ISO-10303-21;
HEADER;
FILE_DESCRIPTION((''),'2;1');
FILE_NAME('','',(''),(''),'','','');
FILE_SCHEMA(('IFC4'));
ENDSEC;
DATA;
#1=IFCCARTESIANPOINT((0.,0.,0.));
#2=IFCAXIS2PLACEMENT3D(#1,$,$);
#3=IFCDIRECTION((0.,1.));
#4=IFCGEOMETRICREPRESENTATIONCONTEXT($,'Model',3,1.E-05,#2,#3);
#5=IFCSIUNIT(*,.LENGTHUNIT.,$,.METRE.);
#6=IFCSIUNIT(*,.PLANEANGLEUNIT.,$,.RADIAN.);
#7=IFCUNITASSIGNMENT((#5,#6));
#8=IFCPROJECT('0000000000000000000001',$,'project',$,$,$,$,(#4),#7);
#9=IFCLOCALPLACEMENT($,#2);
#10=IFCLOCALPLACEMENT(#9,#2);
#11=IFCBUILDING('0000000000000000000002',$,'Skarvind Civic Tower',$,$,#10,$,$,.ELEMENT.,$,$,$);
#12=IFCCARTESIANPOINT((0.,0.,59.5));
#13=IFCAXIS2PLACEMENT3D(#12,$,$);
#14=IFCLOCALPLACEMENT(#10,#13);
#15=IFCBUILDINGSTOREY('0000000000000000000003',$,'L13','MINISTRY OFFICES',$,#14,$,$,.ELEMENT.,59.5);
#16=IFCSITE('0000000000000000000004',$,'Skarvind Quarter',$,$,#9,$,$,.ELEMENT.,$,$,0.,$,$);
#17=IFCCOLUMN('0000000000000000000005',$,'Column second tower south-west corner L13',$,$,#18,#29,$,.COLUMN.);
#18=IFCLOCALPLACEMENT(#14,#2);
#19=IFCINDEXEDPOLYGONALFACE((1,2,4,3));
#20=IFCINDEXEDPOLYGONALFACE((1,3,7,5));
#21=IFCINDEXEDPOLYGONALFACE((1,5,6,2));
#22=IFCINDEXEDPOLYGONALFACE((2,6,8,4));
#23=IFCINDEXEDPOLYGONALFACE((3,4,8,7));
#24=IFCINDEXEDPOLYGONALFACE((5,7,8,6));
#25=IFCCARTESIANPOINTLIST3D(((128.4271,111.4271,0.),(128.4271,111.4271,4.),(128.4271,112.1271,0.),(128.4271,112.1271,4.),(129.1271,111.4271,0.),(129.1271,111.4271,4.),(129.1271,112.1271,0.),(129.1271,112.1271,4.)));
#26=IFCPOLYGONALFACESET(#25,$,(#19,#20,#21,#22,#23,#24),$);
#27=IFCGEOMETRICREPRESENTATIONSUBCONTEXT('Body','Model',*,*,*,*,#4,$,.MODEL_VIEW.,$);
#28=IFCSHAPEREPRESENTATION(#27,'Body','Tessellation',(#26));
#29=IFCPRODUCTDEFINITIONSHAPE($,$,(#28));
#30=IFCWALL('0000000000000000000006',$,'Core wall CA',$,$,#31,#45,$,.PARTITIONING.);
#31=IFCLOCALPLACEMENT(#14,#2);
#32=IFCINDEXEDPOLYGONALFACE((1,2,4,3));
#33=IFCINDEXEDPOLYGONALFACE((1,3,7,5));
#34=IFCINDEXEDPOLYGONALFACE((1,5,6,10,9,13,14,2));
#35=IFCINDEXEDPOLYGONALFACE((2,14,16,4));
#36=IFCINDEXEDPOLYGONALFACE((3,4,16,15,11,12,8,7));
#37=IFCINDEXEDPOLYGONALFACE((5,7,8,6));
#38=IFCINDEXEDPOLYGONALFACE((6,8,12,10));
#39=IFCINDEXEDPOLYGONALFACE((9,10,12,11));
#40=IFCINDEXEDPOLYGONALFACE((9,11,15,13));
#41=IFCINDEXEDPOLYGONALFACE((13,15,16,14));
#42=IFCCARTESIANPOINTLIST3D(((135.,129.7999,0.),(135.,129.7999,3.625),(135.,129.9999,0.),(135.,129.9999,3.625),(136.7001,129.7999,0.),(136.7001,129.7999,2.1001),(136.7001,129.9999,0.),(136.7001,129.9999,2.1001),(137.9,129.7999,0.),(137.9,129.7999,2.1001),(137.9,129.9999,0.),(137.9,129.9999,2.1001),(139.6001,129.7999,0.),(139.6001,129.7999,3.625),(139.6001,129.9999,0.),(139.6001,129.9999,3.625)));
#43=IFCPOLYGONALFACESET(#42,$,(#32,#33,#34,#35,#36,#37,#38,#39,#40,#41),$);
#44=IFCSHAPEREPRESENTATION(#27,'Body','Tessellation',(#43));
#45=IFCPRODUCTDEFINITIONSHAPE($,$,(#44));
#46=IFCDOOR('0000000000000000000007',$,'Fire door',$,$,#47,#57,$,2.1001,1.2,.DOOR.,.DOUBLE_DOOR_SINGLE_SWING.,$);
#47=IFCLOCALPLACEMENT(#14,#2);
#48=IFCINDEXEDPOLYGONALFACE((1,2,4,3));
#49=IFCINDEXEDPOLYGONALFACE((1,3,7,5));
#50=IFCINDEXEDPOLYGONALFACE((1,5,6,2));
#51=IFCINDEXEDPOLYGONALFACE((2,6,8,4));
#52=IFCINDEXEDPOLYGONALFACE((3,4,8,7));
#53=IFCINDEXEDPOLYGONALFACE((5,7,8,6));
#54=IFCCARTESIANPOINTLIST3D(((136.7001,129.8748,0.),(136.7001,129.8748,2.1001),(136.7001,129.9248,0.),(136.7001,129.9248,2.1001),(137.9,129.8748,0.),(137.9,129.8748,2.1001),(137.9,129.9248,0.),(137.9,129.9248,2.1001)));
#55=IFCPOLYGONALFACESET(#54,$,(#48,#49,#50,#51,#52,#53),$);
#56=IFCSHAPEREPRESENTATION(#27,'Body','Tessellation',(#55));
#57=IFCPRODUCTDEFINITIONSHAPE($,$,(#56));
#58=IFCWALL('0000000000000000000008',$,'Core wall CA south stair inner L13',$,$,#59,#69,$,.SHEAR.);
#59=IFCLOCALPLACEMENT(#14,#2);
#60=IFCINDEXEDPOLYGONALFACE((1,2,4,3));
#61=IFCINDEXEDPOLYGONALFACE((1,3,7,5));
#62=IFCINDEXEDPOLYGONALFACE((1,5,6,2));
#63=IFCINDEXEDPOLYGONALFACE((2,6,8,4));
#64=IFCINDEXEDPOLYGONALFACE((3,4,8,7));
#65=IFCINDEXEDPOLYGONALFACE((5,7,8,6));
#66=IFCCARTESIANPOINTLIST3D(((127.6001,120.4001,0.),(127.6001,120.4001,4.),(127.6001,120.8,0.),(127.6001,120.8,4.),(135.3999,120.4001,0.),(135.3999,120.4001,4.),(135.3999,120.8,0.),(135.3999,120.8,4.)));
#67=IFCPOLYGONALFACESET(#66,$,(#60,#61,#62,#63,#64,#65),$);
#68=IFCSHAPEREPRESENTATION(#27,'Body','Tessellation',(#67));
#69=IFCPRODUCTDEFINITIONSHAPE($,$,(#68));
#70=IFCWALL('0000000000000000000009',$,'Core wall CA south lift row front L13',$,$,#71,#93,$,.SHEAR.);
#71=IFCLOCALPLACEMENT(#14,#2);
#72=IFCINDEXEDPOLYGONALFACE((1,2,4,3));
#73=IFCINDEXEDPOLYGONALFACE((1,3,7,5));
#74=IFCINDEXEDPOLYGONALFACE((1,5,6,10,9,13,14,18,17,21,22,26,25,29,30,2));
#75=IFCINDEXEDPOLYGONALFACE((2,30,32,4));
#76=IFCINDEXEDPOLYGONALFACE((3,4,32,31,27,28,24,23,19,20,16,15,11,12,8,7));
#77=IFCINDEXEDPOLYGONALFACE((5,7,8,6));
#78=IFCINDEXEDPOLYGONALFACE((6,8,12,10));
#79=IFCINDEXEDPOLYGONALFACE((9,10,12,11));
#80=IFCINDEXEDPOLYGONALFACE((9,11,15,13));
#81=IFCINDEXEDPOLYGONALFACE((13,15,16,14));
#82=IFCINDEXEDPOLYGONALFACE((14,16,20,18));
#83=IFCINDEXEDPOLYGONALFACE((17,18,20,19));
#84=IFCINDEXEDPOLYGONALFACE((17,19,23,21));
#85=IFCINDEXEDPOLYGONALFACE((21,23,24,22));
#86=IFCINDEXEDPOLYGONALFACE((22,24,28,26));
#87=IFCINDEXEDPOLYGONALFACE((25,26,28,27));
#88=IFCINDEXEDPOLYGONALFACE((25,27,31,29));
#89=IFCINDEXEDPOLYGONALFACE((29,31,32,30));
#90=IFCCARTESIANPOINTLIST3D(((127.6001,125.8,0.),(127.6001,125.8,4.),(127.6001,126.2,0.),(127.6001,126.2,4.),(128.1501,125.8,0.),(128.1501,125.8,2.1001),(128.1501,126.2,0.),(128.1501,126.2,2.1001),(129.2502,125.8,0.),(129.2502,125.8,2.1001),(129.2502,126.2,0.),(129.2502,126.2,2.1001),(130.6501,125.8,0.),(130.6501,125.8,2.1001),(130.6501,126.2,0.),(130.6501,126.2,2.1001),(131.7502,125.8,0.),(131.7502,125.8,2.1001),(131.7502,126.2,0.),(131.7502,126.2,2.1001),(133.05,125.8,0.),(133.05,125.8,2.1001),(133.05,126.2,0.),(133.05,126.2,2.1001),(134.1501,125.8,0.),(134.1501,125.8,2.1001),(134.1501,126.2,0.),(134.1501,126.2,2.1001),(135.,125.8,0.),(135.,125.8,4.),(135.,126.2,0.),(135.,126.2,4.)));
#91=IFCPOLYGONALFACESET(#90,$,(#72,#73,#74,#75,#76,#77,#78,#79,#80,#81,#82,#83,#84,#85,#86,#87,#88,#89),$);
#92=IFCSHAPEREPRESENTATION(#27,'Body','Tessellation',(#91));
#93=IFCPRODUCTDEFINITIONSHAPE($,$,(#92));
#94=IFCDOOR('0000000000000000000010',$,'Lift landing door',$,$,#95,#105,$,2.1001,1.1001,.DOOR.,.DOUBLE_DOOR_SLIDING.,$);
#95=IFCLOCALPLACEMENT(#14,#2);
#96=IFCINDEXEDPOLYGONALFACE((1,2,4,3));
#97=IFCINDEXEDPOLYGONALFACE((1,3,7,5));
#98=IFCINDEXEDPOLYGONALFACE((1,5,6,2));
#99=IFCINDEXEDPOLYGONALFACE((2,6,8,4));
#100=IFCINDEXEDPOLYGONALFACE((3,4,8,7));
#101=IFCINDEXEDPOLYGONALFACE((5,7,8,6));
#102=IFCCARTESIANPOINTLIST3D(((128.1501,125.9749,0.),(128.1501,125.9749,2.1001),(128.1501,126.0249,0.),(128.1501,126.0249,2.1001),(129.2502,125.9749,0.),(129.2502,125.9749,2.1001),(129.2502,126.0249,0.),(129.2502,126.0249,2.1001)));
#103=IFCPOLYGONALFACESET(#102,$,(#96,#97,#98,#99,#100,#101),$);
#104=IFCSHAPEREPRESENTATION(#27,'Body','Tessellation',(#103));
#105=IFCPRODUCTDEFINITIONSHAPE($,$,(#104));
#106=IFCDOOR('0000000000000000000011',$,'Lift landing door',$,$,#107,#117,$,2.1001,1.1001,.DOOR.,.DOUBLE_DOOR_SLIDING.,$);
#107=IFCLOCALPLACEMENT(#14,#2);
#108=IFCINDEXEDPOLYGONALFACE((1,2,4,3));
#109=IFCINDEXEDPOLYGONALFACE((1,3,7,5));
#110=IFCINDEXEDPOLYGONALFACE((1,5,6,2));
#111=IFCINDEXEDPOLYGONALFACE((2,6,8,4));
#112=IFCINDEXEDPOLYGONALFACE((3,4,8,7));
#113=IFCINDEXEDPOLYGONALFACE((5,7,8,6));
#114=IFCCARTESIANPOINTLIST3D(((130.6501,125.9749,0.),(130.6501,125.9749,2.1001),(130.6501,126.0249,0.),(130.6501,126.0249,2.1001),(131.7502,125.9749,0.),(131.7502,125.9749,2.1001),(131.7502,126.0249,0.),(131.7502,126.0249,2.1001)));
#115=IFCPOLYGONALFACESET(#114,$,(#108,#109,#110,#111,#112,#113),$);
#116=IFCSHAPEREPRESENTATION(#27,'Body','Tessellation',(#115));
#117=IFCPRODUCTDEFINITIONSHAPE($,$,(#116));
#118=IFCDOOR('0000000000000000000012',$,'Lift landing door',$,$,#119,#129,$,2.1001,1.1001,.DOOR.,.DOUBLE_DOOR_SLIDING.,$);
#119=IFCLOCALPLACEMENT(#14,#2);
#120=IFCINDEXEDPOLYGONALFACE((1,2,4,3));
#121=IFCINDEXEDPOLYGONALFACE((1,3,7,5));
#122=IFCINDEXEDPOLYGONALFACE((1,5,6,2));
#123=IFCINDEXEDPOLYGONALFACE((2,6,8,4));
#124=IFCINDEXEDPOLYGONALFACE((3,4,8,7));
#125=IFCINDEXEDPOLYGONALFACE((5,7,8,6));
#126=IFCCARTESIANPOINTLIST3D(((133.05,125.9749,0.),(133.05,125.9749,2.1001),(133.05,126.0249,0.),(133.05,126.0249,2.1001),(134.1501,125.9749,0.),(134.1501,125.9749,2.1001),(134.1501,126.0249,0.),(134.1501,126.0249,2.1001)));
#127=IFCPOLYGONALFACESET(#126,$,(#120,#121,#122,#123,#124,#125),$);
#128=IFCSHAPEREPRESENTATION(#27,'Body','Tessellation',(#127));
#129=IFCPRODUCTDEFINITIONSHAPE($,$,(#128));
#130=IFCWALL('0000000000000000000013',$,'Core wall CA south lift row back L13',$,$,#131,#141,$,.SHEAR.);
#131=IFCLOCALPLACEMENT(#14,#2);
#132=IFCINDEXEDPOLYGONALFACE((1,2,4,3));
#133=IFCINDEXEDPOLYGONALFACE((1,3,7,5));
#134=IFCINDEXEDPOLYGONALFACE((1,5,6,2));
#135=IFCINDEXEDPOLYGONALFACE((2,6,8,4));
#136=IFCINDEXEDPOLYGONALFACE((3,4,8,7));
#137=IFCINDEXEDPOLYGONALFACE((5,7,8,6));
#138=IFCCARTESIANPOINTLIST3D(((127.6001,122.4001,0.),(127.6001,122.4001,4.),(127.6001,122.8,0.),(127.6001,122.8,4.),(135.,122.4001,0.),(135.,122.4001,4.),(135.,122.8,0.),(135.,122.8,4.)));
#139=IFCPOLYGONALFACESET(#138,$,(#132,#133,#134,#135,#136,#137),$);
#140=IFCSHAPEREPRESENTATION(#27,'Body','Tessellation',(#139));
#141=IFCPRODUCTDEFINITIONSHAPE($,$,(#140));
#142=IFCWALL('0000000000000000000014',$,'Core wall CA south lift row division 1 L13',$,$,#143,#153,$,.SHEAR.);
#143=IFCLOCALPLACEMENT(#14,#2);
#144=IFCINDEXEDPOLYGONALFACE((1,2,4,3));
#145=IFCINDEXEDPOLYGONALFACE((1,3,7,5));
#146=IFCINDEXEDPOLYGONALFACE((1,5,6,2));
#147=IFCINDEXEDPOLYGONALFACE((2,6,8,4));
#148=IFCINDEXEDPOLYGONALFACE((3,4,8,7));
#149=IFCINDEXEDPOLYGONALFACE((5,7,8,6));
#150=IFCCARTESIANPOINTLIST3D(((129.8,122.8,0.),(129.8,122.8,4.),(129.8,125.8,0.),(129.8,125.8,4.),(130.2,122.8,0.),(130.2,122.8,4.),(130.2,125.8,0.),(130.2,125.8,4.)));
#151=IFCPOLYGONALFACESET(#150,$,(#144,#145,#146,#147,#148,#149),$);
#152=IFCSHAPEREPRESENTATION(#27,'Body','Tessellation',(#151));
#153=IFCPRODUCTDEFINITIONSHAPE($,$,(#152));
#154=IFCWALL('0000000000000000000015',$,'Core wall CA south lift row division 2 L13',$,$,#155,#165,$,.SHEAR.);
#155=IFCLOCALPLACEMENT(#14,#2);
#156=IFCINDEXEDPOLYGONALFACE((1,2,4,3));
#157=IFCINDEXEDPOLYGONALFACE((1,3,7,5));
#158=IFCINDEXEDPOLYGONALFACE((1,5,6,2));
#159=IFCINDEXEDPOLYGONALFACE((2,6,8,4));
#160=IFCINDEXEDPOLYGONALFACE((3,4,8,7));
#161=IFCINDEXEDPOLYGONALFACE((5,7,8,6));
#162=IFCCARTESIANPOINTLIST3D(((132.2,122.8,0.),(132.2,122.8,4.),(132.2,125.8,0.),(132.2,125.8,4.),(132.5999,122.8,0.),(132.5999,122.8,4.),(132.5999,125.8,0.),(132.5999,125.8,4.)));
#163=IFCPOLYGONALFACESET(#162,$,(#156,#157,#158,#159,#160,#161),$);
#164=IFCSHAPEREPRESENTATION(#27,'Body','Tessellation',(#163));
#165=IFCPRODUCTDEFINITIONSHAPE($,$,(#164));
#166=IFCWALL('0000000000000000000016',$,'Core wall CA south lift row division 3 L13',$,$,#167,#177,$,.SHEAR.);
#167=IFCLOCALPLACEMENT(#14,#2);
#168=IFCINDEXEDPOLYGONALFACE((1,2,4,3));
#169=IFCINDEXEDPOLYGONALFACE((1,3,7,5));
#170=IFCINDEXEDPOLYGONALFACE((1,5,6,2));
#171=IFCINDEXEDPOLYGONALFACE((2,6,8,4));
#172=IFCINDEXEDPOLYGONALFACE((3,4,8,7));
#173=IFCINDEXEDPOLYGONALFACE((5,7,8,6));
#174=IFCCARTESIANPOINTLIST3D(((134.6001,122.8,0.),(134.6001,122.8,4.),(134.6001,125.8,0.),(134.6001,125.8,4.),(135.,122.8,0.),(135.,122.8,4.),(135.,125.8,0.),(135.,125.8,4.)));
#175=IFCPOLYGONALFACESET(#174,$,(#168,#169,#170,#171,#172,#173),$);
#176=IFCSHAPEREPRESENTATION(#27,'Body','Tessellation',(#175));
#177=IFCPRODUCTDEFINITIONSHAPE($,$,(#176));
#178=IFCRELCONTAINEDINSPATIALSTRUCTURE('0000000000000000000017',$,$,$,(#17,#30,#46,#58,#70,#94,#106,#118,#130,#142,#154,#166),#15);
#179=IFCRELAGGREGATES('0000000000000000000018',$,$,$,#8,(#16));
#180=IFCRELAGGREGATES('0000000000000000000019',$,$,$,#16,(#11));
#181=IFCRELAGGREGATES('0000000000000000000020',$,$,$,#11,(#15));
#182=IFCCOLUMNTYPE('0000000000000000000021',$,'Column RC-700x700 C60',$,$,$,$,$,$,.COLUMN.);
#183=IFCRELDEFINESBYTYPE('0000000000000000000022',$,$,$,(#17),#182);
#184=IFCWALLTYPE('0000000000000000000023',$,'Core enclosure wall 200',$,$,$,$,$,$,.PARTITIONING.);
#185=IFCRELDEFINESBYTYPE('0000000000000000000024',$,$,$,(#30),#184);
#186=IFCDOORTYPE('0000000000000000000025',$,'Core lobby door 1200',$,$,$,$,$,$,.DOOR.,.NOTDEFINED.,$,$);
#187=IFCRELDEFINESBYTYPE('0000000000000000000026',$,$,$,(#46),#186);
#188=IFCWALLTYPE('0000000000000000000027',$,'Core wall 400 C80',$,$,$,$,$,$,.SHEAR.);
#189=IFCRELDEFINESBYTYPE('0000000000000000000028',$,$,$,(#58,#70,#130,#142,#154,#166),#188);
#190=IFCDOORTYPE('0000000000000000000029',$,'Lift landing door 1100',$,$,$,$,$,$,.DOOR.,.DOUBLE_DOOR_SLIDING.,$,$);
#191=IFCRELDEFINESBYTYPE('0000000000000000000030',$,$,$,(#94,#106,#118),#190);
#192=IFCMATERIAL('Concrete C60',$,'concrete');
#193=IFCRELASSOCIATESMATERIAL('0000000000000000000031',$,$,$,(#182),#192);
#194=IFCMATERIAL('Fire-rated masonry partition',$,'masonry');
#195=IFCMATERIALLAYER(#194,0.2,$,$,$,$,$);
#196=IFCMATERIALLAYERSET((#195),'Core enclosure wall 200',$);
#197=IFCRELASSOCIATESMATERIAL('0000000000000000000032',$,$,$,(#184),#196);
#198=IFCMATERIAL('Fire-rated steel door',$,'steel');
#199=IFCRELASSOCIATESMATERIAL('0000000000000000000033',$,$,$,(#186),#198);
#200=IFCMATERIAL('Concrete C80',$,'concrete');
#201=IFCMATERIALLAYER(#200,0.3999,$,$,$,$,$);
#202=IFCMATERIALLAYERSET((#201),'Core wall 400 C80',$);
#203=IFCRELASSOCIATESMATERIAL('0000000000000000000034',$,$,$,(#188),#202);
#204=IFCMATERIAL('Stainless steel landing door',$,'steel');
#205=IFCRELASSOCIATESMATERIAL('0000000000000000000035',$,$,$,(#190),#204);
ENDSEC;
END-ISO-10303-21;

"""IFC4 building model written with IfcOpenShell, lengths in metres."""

from ifc_helpers import new_model, si_unit, direction, frame, frame_2d, origin, origin_2d, place, context, subcontext, project, spatial, rectangle, extrude, material, layer, layer_set, material_profile, profile_set, type_object, element, fill, save


model = new_model("IFC4")

# Units and contexts
model_context = context("Model", 3, precision=1e-05, world=origin(), true_north=direction((0.0, 1.0)))
body_context = subcontext(model_context, "Body", "Model", "MODEL_VIEW")
ifc_project = project(units=[si_unit("LENGTHUNIT", "METRE"), si_unit("PLANEANGLEUNIT", "RADIAN")], contexts=[model_context])

# Site, building, storey
site_placement = place(None, origin())
site = spatial("IfcSite", under=ifc_project, at=site_placement, Name="Skarvind Quarter", CompositionType="ELEMENT", RefElevation=0.0)
building_placement = place(site_placement, origin())
building = spatial("IfcBuilding", under=site, at=building_placement, Name="Skarvind Civic Tower", CompositionType="ELEMENT")
storey_placement = place(building_placement, frame((0.0, 0.0, 59.5)))
storey = spatial("IfcBuildingStorey", under=building, at=storey_placement, Name="L13", Description="MINISTRY OFFICES", CompositionType="ELEMENT", Elevation=59.5)

# Column
ifc_material_1 = material(Name="Concrete C60", Category="concrete")
ifc_material_profile = material_profile(ifc_material_1, rectangle(XDim=0.7, YDim=0.7, at=origin_2d()), Name="RC-700x700")
ifc_profile_set = profile_set([ifc_material_profile], Name="Concrete C60")
column_type = type_object("IfcColumnType", Name="Column RC-700x700 C60", PredefinedType="COLUMN", material=ifc_profile_set)
column_placement = place(storey_placement, frame((128.7771, 111.7771, 0.0), z_axis=(0.0, 0.0, 1.0), x_axis=(1.0, 0.0, 0.0)))
element("IfcColumn", 1, at=column_placement, inside=storey, type_object=column_type, Name="Column second tower south-west corner L13", PredefinedType="COLUMN", context=body_context, shape_type="SweptSolid", body=[
    extrude(rectangle(XDim=0.7, YDim=0.7, at=origin_2d()), origin(), (0.0, 0.0, 1.0), 4.0),
])

# Wall, opening, door
ifc_material_2 = material(Name="Fire-rated masonry partition", Category="masonry")
ifc_layer_1 = layer(ifc_material_2, 0.2)
ifc_layer_set_1 = layer_set([ifc_layer_1], Name="Core enclosure wall 200")
wall_type_1 = type_object("IfcWallType", Name="Core enclosure wall 200", PredefinedType="PARTITIONING", material=ifc_layer_set_1)
wall_1_placement = place(storey_placement, frame((135.0, 129.8999, 0.0), z_axis=(0.0, 0.0, 1.0), x_axis=(1.0, 0.0, 0.0)))
wall_1 = element("IfcWall", 2, at=wall_1_placement, inside=storey, type_object=wall_type_1, Name="Core wall CA", PredefinedType="PARTITIONING", context=body_context, shape_type="SweptSolid", body=[
    extrude(rectangle(XDim=4.6001, YDim=0.2, at=frame_2d((2.3, 0.0))), origin(), (0.0, 0.0, 1.0), 3.625),
])
opening_1_placement = place(wall_1_placement, frame((1.7, 0.0, 0.0)))
opening_1 = element("IfcOpeningElement", 3, at=opening_1_placement, cuts=wall_1, PredefinedType="OPENING", context=body_context, shape_type="SweptSolid", body=[
    extrude(rectangle(XDim=1.2, YDim=2.1001, at=frame_2d((0.6001, 1.05))), frame((0.0, 0.1099, 0.0), z_axis=(0.0, -1.0, 0.0), x_axis=(1.0, 0.0, 0.0)), (0.0, 0.0, 1.0), 0.22),
])
ifc_material_3 = material(Name="Fire-rated steel door", Category="steel")
door_type_1 = type_object("IfcDoorType", Name="Core lobby door 1200", OperationType="NOTDEFINED", PredefinedType="DOOR", material=ifc_material_3)
door_1_placement = place(opening_1_placement, origin())
door_1 = element("IfcDoor", 4, at=door_1_placement, inside=storey, type_object=door_type_1, Name="Fire door", OperationType="DOUBLE_DOOR_SINGLE_SWING", OverallHeight=2.1001, OverallWidth=1.2, PredefinedType="DOOR", context=body_context, shape_type="SweptSolid", body=[
    extrude(rectangle(XDim=1.2, YDim=2.1001, at=frame_2d((0.6001, 1.05))), frame((0.0, 0.0249, 0.0), z_axis=(0.0, -1.0, 0.0), x_axis=(1.0, 0.0, 0.0)), (0.0, 0.0, 1.0), 0.05),
])
fill(opening_1, door_1)

# Wall
ifc_material_4 = material(Name="Concrete C80", Category="concrete")
ifc_layer_2 = layer(ifc_material_4, 0.3999)
ifc_layer_set_2 = layer_set([ifc_layer_2], Name="Core wall 400 C80")
wall_type_2 = type_object("IfcWallType", Name="Core wall 400 C80", PredefinedType="SHEAR", material=ifc_layer_set_2)
wall_2_placement = place(storey_placement, frame((127.6001, 120.6001, 0.0), z_axis=(0.0, 0.0, 1.0), x_axis=(1.0, 0.0, 0.0)))
element("IfcWall", 5, at=wall_2_placement, inside=storey, type_object=wall_type_2, Name="Core wall CA south stair inner L13", PredefinedType="SHEAR", context=body_context, shape_type="SweptSolid", body=[
    extrude(rectangle(XDim=7.7998, YDim=0.3999, at=frame_2d((3.8999, 0.0))), origin(), (0.0, 0.0, 1.0), 4.0),
])

# Wall, openings, doors
wall_3_placement = place(storey_placement, frame((127.6001, 126.0, 0.0), z_axis=(0.0, 0.0, 1.0), x_axis=(1.0, 0.0, 0.0)))
wall_3 = element("IfcWall", 6, at=wall_3_placement, inside=storey, type_object=wall_type_2, Name="Core wall CA south lift row front L13", PredefinedType="SHEAR", context=body_context, shape_type="SweptSolid", body=[
    extrude(rectangle(XDim=7.3999, YDim=0.3999, at=frame_2d((3.7, 0.0))), origin(), (0.0, 0.0, 1.0), 4.0),
])
opening_2_placement = place(wall_3_placement, frame((0.55, 0.0, 0.0)))
opening_2 = element("IfcOpeningElement", 7, at=opening_2_placement, cuts=wall_3, PredefinedType="OPENING", context=body_context, shape_type="SweptSolid", body=[
    extrude(rectangle(XDim=1.1001, YDim=2.1001, at=frame_2d((0.55, 1.05))), frame((0.0, 0.21, 0.0), z_axis=(0.0, -1.0, 0.0), x_axis=(1.0, 0.0, 0.0)), (0.0, 0.0, 1.0), 0.4199),
])
opening_3_placement = place(wall_3_placement, frame((3.05, 0.0, 0.0)))
opening_3 = element("IfcOpeningElement", 8, at=opening_3_placement, cuts=wall_3, PredefinedType="OPENING", context=body_context, shape_type="SweptSolid", body=[
    extrude(rectangle(XDim=1.1001, YDim=2.1001, at=frame_2d((0.55, 1.05))), frame((0.0, 0.21, 0.0), z_axis=(0.0, -1.0, 0.0), x_axis=(1.0, 0.0, 0.0)), (0.0, 0.0, 1.0), 0.4199),
])
opening_4_placement = place(wall_3_placement, frame((5.45, 0.0, 0.0)))
opening_4 = element("IfcOpeningElement", 9, at=opening_4_placement, cuts=wall_3, PredefinedType="OPENING", context=body_context, shape_type="SweptSolid", body=[
    extrude(rectangle(XDim=1.1001, YDim=2.1001, at=frame_2d((0.55, 1.05))), frame((0.0, 0.21, 0.0), z_axis=(0.0, -1.0, 0.0), x_axis=(1.0, 0.0, 0.0)), (0.0, 0.0, 1.0), 0.4199),
])
ifc_material_5 = material(Name="Stainless steel landing door", Category="steel")
door_type_2 = type_object("IfcDoorType", Name="Lift landing door 1100", OperationType="DOUBLE_DOOR_SLIDING", PredefinedType="DOOR", material=ifc_material_5)
door_2_placement = place(opening_2_placement, origin())
door_2 = element("IfcDoor", 10, at=door_2_placement, inside=storey, type_object=door_type_2, Name="Lift landing door", OperationType="DOUBLE_DOOR_SLIDING", OverallHeight=2.1001, OverallWidth=1.1001, PredefinedType="DOOR", context=body_context, shape_type="SweptSolid", body=[
    extrude(rectangle(XDim=1.1001, YDim=2.1001, at=frame_2d((0.55, 1.05))), frame((0.0, 0.0249, 0.0), z_axis=(0.0, -1.0, 0.0), x_axis=(1.0, 0.0, 0.0)), (0.0, 0.0, 1.0), 0.05),
])
fill(opening_2, door_2)
door_3_placement = place(opening_3_placement, origin())
door_3 = element("IfcDoor", 11, at=door_3_placement, inside=storey, type_object=door_type_2, Name="Lift landing door", OperationType="DOUBLE_DOOR_SLIDING", OverallHeight=2.1001, OverallWidth=1.1001, PredefinedType="DOOR", context=body_context, shape_type="SweptSolid", body=[
    extrude(rectangle(XDim=1.1001, YDim=2.1001, at=frame_2d((0.55, 1.05))), frame((0.0, 0.0249, 0.0), z_axis=(0.0, -1.0, 0.0), x_axis=(1.0, 0.0, 0.0)), (0.0, 0.0, 1.0), 0.05),
])
fill(opening_3, door_3)
door_4_placement = place(opening_4_placement, origin())
door_4 = element("IfcDoor", 12, at=door_4_placement, inside=storey, type_object=door_type_2, Name="Lift landing door", OperationType="DOUBLE_DOOR_SLIDING", OverallHeight=2.1001, OverallWidth=1.1001, PredefinedType="DOOR", context=body_context, shape_type="SweptSolid", body=[
    extrude(rectangle(XDim=1.1001, YDim=2.1001, at=frame_2d((0.55, 1.05))), frame((0.0, 0.0249, 0.0), z_axis=(0.0, -1.0, 0.0), x_axis=(1.0, 0.0, 0.0)), (0.0, 0.0, 1.0), 0.05),
])
fill(opening_4, door_4)

# Walls
wall_4_placement = place(storey_placement, frame((127.6001, 122.6001, 0.0), z_axis=(0.0, 0.0, 1.0), x_axis=(1.0, 0.0, 0.0)))
element("IfcWall", 13, at=wall_4_placement, inside=storey, type_object=wall_type_2, Name="Core wall CA south lift row back L13", PredefinedType="SHEAR", context=body_context, shape_type="SweptSolid", body=[
    extrude(rectangle(XDim=7.3999, YDim=0.3999, at=frame_2d((3.7, 0.0))), origin(), (0.0, 0.0, 1.0), 4.0),
])
for number, where, z_axis, x_axis, name in (
    (14, (130.0, 122.8, 0.0), (0.0, 0.0, 1.0), (0.0, 1.0, 0.0), "Core wall CA south lift row division 1 L13"),
    (15, (132.3999, 122.8, 0.0), (0.0, 0.0, 1.0), (0.0, 1.0, 0.0), "Core wall CA south lift row division 2 L13"),
    (16, (134.8, 122.8, 0.0), (0.0, 0.0, 1.0), (0.0, 1.0, 0.0), "Core wall CA south lift row division 3 L13"),
):
    element("IfcWall", number, at=place(storey_placement, frame(where, z_axis=z_axis, x_axis=x_axis)), inside=storey, type_object=wall_type_2, Name=name, PredefinedType="SHEAR", context=body_context, shape_type="SweptSolid", body=[
        extrude(rectangle(XDim=3.0, YDim=0.3999, at=frame_2d((1.5, 0.0))), origin(), (0.0, 0.0, 1.0), 4.0),
    ])

save(model, "model.ifc")
